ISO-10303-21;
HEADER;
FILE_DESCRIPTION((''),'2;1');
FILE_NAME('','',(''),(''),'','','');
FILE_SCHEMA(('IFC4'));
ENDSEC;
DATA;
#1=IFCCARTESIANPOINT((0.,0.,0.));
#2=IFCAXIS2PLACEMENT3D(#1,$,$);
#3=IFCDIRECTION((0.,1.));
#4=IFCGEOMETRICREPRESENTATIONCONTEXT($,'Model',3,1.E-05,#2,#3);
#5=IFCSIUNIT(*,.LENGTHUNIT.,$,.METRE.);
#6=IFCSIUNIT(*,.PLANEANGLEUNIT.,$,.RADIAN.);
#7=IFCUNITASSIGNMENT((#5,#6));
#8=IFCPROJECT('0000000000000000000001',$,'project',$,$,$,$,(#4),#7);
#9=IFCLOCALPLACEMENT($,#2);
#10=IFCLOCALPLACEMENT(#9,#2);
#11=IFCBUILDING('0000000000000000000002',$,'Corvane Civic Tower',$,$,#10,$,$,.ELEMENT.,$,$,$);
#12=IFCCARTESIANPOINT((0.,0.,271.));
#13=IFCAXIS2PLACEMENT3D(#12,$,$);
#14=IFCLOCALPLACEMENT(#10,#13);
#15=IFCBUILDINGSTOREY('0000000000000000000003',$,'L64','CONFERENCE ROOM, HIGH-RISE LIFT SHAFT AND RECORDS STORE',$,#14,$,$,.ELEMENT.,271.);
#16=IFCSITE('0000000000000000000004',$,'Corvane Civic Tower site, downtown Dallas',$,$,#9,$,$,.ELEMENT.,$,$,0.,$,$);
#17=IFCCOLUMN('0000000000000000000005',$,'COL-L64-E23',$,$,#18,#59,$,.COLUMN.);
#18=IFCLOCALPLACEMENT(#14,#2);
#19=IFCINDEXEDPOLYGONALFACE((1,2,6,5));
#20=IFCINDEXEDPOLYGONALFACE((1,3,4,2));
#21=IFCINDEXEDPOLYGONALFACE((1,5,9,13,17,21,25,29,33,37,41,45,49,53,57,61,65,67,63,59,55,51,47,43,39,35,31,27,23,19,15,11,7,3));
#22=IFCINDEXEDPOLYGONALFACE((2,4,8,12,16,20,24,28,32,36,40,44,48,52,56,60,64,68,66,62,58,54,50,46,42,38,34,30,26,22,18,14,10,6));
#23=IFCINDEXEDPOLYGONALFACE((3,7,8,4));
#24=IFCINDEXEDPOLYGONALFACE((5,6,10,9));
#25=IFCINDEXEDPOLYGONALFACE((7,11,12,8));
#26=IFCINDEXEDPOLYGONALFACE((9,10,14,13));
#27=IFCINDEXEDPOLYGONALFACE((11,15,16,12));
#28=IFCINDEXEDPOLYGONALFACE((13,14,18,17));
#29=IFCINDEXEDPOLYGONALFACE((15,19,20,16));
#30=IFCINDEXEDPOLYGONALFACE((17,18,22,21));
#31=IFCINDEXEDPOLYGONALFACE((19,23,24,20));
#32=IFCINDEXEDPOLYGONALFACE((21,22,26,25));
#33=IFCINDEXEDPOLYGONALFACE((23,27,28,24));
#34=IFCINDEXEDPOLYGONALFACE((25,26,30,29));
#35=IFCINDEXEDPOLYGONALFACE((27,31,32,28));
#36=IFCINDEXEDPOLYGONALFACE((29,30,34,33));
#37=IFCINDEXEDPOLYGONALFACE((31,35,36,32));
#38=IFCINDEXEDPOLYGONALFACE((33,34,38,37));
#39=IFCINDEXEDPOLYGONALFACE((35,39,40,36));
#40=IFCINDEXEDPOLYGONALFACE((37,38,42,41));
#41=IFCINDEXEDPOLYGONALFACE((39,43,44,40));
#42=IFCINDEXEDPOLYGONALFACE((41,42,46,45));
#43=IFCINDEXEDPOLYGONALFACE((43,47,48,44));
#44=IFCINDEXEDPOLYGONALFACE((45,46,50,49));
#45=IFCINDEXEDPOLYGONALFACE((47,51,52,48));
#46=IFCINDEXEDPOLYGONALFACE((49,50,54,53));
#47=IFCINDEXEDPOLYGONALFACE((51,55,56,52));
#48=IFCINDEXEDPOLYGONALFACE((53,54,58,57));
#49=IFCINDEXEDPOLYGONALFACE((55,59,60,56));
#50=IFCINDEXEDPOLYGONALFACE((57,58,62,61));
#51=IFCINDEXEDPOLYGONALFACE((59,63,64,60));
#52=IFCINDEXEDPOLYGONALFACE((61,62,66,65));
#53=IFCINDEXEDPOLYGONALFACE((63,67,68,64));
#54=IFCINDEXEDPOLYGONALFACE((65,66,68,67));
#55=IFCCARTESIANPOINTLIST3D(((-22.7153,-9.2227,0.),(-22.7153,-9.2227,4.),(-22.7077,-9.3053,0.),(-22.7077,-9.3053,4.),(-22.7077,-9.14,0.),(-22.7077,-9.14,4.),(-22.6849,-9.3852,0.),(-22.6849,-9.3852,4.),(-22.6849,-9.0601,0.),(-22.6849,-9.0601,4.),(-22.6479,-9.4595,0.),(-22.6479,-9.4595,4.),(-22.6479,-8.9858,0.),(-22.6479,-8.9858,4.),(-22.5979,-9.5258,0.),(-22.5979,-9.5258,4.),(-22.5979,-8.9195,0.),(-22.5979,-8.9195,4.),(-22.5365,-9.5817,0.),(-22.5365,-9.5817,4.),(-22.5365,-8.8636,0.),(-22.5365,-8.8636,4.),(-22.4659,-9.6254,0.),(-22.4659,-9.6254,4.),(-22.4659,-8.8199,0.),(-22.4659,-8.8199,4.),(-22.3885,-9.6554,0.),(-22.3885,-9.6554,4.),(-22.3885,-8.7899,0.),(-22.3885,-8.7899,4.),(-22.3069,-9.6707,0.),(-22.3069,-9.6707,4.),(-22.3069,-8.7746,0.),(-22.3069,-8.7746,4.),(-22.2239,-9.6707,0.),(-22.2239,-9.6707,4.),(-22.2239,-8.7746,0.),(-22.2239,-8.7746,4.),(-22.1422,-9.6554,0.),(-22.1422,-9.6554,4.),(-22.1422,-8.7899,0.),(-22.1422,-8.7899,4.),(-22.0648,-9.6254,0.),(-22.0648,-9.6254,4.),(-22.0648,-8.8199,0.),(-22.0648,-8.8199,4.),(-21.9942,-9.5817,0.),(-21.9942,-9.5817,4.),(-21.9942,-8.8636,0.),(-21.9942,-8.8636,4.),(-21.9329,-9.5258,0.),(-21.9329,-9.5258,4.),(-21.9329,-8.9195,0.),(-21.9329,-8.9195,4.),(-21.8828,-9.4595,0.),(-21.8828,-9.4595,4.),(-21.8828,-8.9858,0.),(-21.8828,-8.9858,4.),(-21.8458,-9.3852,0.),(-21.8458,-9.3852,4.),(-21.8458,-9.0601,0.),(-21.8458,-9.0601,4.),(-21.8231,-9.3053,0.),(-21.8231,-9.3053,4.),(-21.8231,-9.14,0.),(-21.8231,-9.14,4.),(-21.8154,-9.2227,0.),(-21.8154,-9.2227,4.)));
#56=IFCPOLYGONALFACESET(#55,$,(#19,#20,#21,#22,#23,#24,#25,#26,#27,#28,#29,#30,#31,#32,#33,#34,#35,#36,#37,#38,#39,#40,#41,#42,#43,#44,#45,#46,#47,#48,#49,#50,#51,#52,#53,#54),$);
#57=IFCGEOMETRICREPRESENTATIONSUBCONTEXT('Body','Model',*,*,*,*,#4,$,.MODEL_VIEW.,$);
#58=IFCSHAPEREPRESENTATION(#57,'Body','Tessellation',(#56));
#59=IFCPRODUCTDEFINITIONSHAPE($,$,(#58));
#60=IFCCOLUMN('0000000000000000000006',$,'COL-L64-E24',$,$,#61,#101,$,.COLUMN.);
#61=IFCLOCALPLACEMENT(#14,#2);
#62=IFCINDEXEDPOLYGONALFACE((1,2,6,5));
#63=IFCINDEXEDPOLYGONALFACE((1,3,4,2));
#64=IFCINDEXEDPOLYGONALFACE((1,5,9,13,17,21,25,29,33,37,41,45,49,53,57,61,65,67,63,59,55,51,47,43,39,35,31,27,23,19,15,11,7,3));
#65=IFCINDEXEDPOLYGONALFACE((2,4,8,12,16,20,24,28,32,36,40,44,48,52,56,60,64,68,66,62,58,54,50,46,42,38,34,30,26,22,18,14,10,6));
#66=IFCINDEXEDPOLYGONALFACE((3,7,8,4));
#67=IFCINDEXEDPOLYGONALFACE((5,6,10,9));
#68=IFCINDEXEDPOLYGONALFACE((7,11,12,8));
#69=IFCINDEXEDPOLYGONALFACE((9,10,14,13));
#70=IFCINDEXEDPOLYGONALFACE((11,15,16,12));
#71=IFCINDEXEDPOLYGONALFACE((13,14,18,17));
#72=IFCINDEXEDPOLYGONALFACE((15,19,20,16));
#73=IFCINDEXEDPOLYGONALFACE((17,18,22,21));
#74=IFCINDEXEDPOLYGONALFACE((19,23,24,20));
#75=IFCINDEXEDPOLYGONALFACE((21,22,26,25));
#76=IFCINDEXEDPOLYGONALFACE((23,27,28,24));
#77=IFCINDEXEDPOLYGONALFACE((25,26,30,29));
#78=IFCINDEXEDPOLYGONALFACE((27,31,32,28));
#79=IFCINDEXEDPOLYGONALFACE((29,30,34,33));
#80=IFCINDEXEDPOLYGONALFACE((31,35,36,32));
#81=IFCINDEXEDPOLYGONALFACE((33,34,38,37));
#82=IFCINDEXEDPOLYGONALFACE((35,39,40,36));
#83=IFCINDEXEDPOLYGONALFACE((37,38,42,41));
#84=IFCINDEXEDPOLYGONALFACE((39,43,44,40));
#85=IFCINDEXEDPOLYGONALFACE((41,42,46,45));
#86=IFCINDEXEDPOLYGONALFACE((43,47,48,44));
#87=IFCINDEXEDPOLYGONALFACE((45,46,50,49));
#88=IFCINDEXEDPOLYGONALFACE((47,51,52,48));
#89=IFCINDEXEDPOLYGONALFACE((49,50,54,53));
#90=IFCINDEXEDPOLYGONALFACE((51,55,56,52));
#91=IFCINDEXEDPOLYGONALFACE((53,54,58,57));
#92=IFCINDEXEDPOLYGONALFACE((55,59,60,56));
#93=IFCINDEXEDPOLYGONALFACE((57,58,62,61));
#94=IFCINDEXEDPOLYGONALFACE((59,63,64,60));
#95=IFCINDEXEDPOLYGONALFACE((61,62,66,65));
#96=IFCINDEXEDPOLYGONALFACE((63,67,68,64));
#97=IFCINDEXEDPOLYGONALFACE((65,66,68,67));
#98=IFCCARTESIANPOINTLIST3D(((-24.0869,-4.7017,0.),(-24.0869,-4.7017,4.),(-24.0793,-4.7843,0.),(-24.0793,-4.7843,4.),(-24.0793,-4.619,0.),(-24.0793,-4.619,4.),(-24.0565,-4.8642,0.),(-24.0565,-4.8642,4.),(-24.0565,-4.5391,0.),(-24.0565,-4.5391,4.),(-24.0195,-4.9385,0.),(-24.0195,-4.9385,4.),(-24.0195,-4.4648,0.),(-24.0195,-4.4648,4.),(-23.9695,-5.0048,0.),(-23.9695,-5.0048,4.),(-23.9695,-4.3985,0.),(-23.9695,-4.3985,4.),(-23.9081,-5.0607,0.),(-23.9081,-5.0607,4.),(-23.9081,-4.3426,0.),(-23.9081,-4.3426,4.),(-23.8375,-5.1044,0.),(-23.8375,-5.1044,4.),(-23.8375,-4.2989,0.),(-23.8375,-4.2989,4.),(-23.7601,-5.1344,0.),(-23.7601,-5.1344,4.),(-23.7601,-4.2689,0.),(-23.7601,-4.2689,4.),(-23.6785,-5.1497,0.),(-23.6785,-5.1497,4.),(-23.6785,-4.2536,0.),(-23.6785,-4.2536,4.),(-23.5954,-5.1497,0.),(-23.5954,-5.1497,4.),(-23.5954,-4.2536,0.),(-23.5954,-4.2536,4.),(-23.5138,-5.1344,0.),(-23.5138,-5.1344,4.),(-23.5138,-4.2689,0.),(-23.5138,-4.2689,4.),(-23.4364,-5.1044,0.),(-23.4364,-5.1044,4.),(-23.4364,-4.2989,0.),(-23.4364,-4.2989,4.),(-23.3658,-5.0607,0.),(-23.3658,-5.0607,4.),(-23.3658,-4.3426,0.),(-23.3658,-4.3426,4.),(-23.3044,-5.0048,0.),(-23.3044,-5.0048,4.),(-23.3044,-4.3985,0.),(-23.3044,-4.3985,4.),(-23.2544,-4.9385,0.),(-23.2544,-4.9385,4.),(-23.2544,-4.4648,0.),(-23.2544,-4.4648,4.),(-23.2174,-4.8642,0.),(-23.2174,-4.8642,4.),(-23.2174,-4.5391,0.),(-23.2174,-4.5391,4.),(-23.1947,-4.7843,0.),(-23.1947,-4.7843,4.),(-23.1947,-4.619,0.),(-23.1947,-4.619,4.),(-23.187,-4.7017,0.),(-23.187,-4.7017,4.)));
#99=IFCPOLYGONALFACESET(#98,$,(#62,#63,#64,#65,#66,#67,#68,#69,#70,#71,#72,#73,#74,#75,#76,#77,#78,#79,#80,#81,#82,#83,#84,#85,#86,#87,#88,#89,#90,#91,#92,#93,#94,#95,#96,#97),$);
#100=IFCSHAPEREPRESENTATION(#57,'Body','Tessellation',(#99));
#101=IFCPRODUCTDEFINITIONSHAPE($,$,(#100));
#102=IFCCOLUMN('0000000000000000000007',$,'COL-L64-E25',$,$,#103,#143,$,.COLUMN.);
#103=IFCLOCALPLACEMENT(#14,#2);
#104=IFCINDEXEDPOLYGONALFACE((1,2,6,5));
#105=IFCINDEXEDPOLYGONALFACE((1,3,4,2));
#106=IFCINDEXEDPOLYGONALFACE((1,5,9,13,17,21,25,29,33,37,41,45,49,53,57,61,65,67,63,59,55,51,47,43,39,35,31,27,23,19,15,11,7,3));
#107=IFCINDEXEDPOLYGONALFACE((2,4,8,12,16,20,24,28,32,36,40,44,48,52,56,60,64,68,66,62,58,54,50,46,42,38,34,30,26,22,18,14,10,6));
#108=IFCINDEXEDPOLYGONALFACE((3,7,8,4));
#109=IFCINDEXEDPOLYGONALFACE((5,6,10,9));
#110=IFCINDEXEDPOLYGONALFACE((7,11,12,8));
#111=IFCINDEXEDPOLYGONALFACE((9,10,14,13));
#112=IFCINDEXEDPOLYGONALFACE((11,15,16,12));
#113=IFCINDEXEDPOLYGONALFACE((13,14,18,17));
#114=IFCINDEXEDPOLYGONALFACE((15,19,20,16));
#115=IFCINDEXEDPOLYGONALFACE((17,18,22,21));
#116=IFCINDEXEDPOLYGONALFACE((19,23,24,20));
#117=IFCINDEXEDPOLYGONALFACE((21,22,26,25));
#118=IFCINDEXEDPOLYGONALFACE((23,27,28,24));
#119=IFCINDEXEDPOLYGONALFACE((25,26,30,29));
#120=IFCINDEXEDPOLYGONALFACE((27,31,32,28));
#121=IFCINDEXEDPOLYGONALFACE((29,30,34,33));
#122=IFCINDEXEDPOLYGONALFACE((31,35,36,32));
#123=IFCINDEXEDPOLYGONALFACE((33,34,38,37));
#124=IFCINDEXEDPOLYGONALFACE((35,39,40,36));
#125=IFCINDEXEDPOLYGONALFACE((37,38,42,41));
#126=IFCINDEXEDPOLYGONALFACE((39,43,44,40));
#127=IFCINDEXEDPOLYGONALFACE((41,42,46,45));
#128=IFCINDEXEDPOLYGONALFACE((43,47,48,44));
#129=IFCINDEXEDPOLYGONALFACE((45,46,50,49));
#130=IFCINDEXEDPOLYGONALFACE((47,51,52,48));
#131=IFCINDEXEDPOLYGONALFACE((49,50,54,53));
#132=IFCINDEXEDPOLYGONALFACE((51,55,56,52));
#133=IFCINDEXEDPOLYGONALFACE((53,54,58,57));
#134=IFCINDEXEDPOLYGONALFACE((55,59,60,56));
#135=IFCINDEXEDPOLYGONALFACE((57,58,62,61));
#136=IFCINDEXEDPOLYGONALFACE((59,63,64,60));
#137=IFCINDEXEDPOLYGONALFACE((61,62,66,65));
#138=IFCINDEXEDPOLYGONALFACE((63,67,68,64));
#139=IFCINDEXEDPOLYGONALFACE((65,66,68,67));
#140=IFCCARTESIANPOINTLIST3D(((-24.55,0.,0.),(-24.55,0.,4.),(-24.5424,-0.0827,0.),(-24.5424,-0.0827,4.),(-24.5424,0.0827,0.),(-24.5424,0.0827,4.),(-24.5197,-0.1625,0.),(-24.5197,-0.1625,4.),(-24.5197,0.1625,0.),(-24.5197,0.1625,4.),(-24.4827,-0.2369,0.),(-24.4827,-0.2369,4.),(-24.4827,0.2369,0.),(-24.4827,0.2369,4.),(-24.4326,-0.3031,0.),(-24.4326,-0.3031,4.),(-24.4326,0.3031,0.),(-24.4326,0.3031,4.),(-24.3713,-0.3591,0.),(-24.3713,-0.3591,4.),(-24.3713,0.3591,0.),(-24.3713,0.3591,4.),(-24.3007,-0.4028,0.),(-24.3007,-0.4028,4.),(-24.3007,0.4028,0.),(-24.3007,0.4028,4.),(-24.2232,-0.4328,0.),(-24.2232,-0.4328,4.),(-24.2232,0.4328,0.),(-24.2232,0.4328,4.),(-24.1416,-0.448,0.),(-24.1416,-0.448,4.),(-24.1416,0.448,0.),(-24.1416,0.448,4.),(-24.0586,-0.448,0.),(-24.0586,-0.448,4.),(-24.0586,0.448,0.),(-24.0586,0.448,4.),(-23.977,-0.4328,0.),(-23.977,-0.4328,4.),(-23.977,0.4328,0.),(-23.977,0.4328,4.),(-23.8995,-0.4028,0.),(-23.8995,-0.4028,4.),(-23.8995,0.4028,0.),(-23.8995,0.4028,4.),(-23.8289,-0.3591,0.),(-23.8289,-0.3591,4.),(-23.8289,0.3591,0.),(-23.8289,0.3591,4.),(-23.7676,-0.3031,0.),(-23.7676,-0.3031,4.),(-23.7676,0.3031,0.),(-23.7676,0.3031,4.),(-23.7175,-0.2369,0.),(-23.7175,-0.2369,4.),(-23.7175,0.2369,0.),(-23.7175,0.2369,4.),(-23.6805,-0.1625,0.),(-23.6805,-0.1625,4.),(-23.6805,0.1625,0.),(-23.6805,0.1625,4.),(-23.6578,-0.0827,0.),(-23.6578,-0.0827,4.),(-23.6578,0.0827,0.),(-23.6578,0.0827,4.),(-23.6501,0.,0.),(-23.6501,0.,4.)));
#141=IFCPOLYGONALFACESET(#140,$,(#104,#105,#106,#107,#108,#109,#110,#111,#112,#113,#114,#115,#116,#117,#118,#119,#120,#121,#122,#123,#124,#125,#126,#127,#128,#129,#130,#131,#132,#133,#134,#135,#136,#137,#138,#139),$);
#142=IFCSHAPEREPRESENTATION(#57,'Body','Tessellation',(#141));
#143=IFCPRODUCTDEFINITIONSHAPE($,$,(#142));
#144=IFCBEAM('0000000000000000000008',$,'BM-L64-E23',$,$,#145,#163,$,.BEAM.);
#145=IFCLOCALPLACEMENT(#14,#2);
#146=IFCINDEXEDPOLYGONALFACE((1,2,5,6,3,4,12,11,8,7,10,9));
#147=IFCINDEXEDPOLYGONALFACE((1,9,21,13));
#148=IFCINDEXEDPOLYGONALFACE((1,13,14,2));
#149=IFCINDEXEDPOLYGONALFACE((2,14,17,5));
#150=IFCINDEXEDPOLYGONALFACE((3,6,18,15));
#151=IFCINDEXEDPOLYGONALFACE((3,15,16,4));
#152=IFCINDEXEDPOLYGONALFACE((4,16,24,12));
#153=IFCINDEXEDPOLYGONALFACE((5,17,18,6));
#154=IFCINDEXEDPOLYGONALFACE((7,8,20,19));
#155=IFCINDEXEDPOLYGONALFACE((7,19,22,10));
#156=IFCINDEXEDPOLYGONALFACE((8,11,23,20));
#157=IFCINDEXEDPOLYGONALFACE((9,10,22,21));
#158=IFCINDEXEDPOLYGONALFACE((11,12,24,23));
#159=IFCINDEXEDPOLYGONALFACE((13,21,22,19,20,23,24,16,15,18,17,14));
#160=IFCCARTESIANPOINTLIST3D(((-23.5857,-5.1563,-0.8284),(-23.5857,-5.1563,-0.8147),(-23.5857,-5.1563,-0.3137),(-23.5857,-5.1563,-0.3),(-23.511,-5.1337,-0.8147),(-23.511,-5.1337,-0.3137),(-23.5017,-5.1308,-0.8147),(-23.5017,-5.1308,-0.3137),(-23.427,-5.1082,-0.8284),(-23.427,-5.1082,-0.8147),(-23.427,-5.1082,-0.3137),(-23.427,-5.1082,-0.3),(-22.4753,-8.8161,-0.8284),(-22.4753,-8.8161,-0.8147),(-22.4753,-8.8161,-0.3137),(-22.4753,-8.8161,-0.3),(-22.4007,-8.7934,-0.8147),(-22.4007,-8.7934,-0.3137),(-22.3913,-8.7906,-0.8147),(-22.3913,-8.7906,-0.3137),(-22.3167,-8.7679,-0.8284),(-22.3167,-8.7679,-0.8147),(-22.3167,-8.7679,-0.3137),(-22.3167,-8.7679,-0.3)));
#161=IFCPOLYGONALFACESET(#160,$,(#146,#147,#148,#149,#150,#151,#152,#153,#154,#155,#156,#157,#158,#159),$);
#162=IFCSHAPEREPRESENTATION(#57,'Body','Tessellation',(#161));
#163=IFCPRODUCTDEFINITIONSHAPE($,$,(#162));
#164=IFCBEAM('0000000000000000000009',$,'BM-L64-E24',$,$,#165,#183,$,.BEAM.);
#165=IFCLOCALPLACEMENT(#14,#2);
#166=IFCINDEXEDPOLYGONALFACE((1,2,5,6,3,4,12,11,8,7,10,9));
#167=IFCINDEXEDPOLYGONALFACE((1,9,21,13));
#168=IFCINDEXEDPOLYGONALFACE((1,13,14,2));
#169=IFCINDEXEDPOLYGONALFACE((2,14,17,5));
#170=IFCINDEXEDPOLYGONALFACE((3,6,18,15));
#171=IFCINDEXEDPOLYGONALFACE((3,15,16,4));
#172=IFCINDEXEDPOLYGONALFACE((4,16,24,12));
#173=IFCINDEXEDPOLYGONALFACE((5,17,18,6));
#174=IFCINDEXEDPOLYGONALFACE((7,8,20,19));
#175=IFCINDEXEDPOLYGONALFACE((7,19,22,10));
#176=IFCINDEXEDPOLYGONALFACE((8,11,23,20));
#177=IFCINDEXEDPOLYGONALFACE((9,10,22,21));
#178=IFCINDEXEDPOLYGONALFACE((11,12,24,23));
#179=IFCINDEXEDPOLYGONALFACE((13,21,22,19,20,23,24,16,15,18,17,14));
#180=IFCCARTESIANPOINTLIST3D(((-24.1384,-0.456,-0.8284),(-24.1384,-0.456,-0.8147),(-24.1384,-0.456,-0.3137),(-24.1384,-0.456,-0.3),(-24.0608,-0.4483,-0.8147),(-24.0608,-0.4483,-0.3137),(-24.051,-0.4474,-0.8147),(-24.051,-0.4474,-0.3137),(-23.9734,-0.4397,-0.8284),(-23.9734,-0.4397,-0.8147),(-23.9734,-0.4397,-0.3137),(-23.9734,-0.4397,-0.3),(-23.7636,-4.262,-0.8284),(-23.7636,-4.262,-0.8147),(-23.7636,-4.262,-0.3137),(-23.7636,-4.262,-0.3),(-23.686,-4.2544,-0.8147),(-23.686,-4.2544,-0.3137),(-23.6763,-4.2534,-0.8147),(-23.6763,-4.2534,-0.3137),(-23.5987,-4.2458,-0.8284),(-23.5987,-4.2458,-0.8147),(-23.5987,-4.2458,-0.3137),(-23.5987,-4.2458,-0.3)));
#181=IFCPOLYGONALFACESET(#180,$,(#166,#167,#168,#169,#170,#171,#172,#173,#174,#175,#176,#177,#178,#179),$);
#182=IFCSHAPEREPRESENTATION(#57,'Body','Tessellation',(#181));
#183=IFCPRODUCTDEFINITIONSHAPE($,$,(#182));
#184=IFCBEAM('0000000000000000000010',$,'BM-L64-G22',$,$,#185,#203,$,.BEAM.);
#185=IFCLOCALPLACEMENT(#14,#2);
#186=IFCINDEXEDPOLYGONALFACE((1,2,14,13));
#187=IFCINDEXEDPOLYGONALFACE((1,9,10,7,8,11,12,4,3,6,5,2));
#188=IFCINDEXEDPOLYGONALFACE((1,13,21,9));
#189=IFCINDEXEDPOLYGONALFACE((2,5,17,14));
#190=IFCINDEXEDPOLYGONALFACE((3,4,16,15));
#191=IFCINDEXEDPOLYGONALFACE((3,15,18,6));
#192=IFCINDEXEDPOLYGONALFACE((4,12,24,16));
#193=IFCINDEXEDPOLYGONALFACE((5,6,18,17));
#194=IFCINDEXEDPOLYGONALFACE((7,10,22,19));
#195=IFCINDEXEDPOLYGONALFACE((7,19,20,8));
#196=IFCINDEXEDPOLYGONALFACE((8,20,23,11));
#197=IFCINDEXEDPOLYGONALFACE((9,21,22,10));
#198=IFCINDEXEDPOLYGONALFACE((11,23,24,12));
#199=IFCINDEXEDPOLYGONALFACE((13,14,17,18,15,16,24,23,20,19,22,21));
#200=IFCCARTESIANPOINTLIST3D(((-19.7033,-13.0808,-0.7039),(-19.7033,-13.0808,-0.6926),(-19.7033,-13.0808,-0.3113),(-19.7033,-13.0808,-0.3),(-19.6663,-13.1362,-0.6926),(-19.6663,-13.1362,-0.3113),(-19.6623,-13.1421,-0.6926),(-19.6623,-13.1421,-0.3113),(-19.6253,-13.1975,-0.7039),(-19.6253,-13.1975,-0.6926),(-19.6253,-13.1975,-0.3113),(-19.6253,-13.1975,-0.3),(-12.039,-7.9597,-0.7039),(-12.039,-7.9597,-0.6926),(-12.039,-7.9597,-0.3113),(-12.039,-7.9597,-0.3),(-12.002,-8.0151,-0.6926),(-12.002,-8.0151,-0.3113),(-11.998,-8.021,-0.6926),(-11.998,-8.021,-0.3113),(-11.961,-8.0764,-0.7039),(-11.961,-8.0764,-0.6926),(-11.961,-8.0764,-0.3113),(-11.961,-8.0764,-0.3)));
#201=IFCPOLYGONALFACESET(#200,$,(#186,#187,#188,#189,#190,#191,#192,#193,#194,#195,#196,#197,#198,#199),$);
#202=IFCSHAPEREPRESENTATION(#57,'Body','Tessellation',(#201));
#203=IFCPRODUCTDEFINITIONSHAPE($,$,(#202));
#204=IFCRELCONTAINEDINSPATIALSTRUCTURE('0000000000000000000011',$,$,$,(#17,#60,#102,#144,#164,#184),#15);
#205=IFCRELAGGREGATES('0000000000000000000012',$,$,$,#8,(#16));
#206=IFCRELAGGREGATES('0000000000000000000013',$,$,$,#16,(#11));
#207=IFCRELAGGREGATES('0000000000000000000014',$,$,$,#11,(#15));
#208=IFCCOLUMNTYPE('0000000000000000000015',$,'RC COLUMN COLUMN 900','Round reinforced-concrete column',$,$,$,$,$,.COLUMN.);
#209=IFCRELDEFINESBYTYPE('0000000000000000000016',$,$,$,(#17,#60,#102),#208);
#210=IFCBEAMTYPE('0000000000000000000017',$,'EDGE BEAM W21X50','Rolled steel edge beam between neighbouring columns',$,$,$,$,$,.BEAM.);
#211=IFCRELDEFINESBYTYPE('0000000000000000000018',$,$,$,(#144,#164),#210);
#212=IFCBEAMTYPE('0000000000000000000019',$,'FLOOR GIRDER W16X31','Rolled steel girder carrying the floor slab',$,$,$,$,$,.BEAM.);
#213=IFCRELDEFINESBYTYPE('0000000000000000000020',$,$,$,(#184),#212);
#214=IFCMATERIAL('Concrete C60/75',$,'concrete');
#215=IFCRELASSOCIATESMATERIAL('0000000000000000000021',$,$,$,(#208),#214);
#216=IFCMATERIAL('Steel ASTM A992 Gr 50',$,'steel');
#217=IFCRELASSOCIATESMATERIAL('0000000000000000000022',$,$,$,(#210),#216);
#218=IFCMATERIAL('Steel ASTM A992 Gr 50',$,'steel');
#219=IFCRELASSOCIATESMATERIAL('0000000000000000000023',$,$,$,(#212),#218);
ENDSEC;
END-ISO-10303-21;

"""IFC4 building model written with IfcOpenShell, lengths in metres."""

from ifc_helpers import new_model, si_unit, direction, frame, origin, origin_2d, place, context, subcontext, project, spatial, circle, i_section, extrude, material, material_profile, profile_set, type_object, element, save


model = new_model("IFC4")

# Units and contexts
model_context = context("Model", 3, precision=1e-05, world=origin(), true_north=direction((0.0, 1.0)))
body_context = subcontext(model_context, "Body", "Model", "MODEL_VIEW")
ifc_project = project(units=[si_unit("LENGTHUNIT", "METRE"), si_unit("PLANEANGLEUNIT", "RADIAN")], contexts=[model_context])

# Site, building, storey
site_placement = place(None, origin())
site = spatial("IfcSite", under=ifc_project, at=site_placement, Name="Corvane Civic Tower site, downtown Dallas", CompositionType="ELEMENT", RefElevation=0.0)
building_placement = place(site_placement, origin())
building = spatial("IfcBuilding", under=site, at=building_placement, Name="Corvane Civic Tower", CompositionType="ELEMENT")
storey_placement = place(building_placement, frame((0.0, 0.0, 271.0)))
storey = spatial("IfcBuildingStorey", under=building, at=storey_placement, Name="L64", Description="CONFERENCE ROOM, HIGH-RISE LIFT SHAFT AND RECORDS STORE", CompositionType="ELEMENT", Elevation=271.0)

# Columns
ifc_material_1 = material(Name="Concrete C60/75", Category="concrete")
ifc_material_profile_1 = material_profile(ifc_material_1, circle(Radius=0.45, at=origin_2d()), Name="COLUMN 900")
ifc_profile_set_1 = profile_set([ifc_material_profile_1], Name="Concrete C60/75")
column_type = type_object("IfcColumnType", Name="RC COLUMN COLUMN 900", Description="Round reinforced-concrete column", PredefinedType="COLUMN", material=ifc_profile_set_1)
for number, where, z_axis, x_axis, name in (
    (1, (-22.2654, -9.2227, 0.0), (0.0, 0.0, 1.0), (1.0, 0.0, 0.0), "COL-L64-E23"),
    (2, (-23.637, -4.7017, 0.0), (0.0, 0.0, 1.0), (1.0, 0.0, 0.0), "COL-L64-E24"),
    (3, (-24.1001, 0.0, 0.0), (0.0, 0.0, 1.0), (1.0, 0.0, 0.0), "COL-L64-E25"),
):
    element("IfcColumn", number, at=place(storey_placement, frame(where, z_axis=z_axis, x_axis=x_axis)), inside=storey, type_object=column_type, Name=name, PredefinedType="COLUMN", context=body_context, shape_type="SweptSolid", body=[
        extrude(circle(Radius=0.45, at=origin_2d()), origin(), (0.0, 0.0, 1.0), 4.0),
    ])

# Beams
ifc_material_2 = material(Name="Steel ASTM A992 Gr 50", Category="steel")
ifc_material_profile_2 = material_profile(ifc_material_2, i_section(OverallWidth=0.1658, OverallDepth=0.5283, WebThickness=0.0098, FlangeThickness=0.0137, at=origin_2d()), Name="W21X50")
ifc_profile_set_2 = profile_set([ifc_material_profile_2], Name="Steel ASTM A992 Gr 50")
beam_type_1 = type_object("IfcBeamType", Name="EDGE BEAM W21X50", Description="Rolled steel edge beam between neighbouring columns", PredefinedType="BEAM", material=ifc_profile_set_2)
for number, where, z_axis, x_axis, name in (
    (4, (-22.396, -8.792, -0.5642), (-0.290333, 0.956926, 0.0), (-0.956926, -0.290333, 0.0), "BM-L64-E23"),
    (5, (-23.6812, -4.2539, -0.5642), (-0.097987, 0.995188, 0.0), (-0.995188, -0.097987, 0.0), "BM-L64-E24"),
):
    element("IfcBeam", number, at=place(storey_placement, frame(where, z_axis=z_axis, x_axis=x_axis)), inside=storey, type_object=beam_type_1, Name=name, PredefinedType="BEAM", context=body_context, shape_type="SweptSolid", body=[
        extrude(i_section(OverallWidth=0.1658, OverallDepth=0.5283, WebThickness=0.0098, FlangeThickness=0.0137, at=origin_2d()), origin(), (0.0, 0.0, 1.0), 3.8245),
    ])
ifc_material_3 = material(Name="Steel ASTM A992 Gr 50", Category="steel")
ifc_material_profile_3 = material_profile(ifc_material_3, i_section(OverallWidth=0.1404, OverallDepth=0.4038, WebThickness=0.0071, FlangeThickness=0.0112, at=origin_2d()), Name="W16X31")
ifc_profile_set_3 = profile_set([ifc_material_profile_3], Name="Steel ASTM A992 Gr 50")
beam_type_2 = type_object("IfcBeamType", Name="FLOOR GIRDER W16X31", Description="Rolled steel girder carrying the floor slab", PredefinedType="BEAM", material=ifc_profile_set_3)
beam_1_placement = place(storey_placement, frame((-12.0, -8.0181, -0.502), z_axis=(-0.831471, -0.555568, 0.0), x_axis=(0.555568, -0.831471, 0.0)))
element("IfcBeam", 6, at=beam_1_placement, inside=storey, type_object=beam_type_2, Name="BM-L64-G22", PredefinedType="BEAM", context=body_context, shape_type="SweptSolid", body=[
    extrude(i_section(OverallWidth=0.1404, OverallDepth=0.4038, WebThickness=0.0071, FlangeThickness=0.0112, at=origin_2d()), origin(), (0.0, 0.0, 1.0), 9.2178),
])

save(model, "model.ifc")
